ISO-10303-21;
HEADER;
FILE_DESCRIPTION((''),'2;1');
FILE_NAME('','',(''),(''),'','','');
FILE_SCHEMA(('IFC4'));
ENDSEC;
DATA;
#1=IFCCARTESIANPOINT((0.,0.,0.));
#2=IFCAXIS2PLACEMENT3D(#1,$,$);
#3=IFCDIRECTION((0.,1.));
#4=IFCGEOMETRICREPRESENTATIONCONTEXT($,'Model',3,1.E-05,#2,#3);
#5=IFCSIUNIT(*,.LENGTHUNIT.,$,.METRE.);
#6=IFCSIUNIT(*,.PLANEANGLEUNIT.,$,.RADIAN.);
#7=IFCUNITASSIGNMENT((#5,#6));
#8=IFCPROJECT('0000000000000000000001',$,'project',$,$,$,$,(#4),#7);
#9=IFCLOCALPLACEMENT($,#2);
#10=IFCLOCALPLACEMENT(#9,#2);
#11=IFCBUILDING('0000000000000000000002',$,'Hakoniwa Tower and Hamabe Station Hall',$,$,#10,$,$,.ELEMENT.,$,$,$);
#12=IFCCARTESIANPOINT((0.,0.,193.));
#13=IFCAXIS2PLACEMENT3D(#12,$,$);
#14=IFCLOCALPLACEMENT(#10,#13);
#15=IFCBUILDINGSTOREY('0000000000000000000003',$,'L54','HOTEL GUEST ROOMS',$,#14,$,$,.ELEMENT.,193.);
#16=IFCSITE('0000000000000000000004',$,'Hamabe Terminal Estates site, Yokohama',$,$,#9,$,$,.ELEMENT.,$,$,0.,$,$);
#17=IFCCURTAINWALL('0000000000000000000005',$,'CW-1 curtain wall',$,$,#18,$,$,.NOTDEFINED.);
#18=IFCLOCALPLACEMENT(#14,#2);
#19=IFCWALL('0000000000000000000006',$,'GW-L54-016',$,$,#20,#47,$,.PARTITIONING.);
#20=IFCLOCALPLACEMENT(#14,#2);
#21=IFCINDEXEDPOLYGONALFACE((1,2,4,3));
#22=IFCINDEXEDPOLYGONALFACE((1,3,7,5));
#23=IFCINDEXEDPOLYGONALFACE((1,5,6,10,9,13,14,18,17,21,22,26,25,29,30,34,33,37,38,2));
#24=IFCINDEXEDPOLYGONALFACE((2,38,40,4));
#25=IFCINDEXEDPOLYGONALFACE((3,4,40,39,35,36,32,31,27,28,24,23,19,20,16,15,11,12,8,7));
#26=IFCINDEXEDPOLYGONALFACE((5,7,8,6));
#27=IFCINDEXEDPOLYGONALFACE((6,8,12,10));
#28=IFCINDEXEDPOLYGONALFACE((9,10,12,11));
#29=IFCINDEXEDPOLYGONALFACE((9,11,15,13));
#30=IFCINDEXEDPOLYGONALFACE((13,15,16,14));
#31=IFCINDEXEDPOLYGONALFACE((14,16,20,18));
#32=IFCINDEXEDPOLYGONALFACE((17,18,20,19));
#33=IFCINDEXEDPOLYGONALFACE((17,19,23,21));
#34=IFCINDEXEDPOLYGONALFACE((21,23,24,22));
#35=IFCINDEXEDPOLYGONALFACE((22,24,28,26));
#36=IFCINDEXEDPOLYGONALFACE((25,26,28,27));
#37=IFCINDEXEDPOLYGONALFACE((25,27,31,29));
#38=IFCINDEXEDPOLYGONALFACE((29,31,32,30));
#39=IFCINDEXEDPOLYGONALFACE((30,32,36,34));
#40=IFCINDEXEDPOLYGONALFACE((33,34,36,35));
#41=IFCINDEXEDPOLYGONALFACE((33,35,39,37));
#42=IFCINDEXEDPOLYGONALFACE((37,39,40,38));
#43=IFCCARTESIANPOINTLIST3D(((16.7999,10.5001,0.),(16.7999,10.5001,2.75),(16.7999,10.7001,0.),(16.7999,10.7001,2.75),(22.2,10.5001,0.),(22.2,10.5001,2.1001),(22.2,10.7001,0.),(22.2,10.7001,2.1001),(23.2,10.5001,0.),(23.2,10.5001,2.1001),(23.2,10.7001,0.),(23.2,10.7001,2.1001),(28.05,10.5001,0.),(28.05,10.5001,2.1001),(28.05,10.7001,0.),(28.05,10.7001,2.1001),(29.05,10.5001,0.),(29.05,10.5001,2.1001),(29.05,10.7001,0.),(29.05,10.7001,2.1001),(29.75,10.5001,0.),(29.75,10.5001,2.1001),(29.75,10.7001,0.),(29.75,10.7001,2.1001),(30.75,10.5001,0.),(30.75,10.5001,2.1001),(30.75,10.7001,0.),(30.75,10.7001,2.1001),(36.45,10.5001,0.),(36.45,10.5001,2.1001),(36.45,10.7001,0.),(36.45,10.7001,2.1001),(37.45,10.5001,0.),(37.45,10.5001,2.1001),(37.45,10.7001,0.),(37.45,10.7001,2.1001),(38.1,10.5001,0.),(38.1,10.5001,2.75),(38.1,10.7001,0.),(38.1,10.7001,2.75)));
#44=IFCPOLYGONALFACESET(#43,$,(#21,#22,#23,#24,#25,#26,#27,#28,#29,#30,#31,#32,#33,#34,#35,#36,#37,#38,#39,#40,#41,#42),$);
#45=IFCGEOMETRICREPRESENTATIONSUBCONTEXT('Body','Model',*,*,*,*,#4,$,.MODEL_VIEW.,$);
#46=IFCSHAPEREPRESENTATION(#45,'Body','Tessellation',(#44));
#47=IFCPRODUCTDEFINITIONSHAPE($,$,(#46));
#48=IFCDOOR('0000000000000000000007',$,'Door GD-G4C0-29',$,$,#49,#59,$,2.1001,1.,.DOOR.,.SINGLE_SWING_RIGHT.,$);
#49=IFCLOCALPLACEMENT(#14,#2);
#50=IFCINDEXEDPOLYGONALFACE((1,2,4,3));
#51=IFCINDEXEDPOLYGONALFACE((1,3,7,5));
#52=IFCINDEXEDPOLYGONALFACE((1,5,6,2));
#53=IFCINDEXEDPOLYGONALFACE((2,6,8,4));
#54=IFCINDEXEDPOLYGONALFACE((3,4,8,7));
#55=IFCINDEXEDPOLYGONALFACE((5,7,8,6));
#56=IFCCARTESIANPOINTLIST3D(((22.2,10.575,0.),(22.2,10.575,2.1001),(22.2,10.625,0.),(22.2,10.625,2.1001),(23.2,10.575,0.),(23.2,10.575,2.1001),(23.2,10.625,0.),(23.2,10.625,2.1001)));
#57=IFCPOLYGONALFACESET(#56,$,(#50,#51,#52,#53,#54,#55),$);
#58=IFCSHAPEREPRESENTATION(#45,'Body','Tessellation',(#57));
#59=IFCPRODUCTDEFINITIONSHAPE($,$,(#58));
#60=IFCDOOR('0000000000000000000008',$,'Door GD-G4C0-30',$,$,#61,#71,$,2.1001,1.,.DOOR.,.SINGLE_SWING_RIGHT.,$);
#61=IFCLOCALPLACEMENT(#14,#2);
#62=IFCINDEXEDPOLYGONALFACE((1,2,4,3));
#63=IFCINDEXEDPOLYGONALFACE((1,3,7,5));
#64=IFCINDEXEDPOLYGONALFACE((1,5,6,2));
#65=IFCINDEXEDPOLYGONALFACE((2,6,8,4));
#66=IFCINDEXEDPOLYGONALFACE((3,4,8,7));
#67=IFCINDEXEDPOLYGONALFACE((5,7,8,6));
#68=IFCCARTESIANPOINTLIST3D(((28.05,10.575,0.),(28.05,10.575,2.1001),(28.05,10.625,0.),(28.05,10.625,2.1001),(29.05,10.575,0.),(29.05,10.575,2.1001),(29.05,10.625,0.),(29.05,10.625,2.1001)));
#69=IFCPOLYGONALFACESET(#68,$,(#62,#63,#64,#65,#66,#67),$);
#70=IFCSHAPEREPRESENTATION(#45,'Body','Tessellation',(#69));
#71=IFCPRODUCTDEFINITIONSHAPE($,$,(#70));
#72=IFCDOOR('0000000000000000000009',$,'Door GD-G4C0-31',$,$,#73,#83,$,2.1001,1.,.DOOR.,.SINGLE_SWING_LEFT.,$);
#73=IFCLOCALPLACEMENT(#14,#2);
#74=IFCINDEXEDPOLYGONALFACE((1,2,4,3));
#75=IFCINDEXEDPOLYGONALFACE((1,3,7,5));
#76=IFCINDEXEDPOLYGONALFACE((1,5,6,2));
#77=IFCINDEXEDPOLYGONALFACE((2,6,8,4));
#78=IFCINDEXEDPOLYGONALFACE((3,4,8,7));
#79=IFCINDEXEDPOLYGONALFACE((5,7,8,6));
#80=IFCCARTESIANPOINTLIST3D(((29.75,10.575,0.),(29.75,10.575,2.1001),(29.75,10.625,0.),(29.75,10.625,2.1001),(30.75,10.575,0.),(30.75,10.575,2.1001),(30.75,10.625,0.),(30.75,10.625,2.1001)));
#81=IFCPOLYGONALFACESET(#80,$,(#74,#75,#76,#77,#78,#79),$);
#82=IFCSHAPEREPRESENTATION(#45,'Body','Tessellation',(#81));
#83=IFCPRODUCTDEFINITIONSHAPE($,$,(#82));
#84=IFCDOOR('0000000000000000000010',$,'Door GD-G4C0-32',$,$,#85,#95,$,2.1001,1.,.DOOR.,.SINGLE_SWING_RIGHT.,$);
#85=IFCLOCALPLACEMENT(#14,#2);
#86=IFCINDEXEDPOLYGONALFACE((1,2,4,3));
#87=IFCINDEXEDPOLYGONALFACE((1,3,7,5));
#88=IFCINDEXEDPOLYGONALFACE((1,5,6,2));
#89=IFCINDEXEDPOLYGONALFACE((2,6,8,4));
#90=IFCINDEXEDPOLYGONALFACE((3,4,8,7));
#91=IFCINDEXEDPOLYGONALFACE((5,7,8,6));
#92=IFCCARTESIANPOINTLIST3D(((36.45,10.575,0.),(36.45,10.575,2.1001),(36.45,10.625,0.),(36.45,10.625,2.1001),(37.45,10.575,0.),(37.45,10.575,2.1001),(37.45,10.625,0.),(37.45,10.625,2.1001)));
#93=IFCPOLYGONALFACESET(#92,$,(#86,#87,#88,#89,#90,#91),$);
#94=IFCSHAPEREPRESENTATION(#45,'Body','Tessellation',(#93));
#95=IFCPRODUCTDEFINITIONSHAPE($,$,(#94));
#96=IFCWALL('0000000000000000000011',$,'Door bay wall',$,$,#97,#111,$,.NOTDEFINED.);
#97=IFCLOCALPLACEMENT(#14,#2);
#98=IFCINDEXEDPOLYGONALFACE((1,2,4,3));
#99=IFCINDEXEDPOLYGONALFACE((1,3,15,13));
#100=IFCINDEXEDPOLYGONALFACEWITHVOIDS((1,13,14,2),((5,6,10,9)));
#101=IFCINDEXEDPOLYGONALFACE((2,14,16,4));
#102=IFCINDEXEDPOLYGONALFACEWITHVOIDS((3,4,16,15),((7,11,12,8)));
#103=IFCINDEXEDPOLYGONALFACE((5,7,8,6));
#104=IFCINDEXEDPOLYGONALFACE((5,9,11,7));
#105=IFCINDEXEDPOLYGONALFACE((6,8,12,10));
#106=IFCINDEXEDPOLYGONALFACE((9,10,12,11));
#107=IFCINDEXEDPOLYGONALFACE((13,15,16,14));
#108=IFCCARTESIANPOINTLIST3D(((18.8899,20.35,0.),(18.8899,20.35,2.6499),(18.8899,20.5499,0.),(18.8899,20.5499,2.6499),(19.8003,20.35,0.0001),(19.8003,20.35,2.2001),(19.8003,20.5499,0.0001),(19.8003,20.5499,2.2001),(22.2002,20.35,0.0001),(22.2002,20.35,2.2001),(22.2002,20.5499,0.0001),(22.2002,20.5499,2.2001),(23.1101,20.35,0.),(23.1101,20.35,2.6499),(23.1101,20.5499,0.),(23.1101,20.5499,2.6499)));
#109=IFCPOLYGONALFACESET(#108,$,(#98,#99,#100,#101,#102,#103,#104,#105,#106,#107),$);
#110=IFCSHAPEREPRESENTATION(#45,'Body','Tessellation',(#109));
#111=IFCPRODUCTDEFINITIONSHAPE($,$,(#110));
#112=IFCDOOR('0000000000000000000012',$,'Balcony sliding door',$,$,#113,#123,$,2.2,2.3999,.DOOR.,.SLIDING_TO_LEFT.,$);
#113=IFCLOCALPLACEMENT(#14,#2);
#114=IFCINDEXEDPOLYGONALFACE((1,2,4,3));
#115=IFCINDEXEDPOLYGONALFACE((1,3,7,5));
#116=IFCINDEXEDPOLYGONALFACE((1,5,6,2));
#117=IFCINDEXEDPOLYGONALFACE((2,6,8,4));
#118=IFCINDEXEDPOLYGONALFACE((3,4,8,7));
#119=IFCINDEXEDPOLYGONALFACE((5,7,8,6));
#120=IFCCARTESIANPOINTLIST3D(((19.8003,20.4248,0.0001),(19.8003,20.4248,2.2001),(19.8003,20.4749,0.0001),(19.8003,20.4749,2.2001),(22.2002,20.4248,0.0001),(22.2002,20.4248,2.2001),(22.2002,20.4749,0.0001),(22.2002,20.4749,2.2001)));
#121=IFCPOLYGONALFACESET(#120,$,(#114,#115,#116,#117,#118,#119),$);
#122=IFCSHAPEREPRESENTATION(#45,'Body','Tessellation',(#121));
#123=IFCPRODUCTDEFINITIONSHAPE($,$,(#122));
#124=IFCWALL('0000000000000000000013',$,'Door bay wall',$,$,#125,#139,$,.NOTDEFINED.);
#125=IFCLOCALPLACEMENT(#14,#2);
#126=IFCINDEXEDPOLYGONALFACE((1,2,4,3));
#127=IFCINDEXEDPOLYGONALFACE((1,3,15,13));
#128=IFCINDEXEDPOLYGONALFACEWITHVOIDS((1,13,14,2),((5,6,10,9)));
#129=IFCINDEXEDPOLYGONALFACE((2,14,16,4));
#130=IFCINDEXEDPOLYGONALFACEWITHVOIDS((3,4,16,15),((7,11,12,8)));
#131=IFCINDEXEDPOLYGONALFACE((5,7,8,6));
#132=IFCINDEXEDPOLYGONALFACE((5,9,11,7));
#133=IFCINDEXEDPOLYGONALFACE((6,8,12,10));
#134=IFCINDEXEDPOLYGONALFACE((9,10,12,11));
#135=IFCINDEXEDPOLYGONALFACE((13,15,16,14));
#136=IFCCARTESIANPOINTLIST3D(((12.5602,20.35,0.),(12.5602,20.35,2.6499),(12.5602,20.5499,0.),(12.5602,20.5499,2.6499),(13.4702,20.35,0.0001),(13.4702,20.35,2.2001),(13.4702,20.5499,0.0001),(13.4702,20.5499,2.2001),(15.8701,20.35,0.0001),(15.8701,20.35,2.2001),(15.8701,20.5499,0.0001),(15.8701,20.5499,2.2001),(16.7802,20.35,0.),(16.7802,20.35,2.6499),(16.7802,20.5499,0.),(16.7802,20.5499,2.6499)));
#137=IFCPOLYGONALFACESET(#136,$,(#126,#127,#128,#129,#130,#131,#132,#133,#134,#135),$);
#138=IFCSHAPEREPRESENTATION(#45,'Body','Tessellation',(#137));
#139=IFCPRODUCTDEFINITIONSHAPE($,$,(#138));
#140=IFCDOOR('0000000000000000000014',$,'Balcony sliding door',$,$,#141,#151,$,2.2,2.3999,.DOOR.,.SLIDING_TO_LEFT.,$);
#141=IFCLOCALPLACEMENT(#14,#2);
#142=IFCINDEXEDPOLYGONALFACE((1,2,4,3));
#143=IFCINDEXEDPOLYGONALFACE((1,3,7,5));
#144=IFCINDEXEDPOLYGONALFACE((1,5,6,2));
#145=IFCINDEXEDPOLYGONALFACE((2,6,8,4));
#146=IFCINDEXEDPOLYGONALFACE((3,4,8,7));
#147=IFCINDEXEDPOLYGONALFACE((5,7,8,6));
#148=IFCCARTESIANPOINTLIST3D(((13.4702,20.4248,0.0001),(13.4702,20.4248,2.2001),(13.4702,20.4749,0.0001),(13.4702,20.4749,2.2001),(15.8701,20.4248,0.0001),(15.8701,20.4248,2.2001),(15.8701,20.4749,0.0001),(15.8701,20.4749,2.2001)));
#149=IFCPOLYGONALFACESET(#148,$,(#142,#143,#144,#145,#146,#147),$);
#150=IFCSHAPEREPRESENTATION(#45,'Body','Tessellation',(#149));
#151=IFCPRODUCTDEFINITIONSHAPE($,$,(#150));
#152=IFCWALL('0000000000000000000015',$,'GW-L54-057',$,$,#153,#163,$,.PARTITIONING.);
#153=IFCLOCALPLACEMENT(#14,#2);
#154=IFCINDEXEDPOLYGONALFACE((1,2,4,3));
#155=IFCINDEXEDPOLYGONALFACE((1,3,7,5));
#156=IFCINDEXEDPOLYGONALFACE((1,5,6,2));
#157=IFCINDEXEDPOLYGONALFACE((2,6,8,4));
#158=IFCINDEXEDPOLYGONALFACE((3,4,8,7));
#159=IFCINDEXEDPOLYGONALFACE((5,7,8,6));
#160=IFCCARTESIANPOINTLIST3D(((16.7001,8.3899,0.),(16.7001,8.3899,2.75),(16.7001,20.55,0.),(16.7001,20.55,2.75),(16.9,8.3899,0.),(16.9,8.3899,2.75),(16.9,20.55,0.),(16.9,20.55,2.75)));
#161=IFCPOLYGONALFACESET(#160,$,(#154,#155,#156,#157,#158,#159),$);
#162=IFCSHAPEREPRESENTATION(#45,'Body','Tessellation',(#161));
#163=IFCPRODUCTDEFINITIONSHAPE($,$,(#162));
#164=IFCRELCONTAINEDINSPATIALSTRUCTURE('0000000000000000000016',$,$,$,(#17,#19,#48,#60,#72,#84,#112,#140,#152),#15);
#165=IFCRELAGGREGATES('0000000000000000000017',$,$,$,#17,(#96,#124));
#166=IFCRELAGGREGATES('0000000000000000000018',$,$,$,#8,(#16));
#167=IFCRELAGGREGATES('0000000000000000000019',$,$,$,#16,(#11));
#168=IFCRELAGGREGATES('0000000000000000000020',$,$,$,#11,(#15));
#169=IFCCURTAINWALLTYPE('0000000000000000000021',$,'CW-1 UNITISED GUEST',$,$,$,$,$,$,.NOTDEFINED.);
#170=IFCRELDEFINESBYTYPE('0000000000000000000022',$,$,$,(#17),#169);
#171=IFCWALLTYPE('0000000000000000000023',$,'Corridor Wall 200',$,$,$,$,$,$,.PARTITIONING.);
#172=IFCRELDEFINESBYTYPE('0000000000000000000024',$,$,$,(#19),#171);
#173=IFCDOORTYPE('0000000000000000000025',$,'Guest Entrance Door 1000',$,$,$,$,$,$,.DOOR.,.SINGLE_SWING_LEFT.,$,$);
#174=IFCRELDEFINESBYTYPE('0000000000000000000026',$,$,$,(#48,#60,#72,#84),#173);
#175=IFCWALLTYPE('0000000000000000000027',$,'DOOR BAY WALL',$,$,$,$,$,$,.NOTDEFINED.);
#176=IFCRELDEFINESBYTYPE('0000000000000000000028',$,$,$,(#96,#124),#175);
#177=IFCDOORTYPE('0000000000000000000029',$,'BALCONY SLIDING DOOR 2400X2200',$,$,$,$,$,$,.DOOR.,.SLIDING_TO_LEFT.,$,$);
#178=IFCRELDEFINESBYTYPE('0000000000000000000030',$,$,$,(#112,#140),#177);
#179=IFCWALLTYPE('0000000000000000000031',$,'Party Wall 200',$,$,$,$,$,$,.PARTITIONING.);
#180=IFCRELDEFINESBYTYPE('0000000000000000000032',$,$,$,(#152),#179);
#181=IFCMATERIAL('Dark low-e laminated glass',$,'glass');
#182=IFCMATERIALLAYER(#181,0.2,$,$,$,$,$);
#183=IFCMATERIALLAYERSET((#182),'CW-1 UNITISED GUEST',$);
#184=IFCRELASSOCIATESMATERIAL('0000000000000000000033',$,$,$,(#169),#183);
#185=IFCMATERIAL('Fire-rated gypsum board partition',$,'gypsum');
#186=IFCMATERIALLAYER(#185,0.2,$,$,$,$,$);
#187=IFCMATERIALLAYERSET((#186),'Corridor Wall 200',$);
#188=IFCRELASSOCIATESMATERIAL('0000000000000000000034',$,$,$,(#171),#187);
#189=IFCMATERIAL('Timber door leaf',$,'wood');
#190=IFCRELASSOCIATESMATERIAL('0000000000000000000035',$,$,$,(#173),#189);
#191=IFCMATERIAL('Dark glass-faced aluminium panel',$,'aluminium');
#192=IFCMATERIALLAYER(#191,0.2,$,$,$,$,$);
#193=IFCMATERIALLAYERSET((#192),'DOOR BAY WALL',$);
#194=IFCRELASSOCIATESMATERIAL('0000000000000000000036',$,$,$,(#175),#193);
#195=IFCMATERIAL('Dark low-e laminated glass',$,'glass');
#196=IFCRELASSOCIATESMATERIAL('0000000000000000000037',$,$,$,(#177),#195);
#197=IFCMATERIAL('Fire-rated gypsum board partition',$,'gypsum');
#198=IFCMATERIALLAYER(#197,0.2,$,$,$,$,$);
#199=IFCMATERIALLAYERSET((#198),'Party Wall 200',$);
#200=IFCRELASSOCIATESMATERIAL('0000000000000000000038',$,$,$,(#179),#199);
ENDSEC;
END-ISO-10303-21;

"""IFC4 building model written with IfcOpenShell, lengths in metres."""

from ifc_helpers import new_model, si_unit, direction, frame, frame_2d, origin, place, context, subcontext, project, spatial, rectangle, extrude, material, layer, layer_set, type_object, element, fill, aggregate, save


model = new_model("IFC4")

# Units and contexts
model_context = context("Model", 3, precision=1e-05, world=origin(), true_north=direction((0.0, 1.0)))
body_context = subcontext(model_context, "Body", "Model", "MODEL_VIEW")
ifc_project = project(units=[si_unit("LENGTHUNIT", "METRE"), si_unit("PLANEANGLEUNIT", "RADIAN")], contexts=[model_context])

# Site, building, storey
site_placement = place(None, origin())
site = spatial("IfcSite", under=ifc_project, at=site_placement, Name="Hamabe Terminal Estates site, Yokohama", CompositionType="ELEMENT", RefElevation=0.0)
building_placement = place(site_placement, origin())
building = spatial("IfcBuilding", under=site, at=building_placement, Name="Hakoniwa Tower and Hamabe Station Hall", CompositionType="ELEMENT")
storey_placement = place(building_placement, frame((0.0, 0.0, 193.0)))
storey = spatial("IfcBuildingStorey", under=building, at=storey_placement, Name="L54", Description="HOTEL GUEST ROOMS", CompositionType="ELEMENT", Elevation=193.0)

# Curtain wall
ifc_material_1 = material(Name="Dark low-e laminated glass", Category="glass")
ifc_layer_1 = layer(ifc_material_1, 0.2)
ifc_layer_set_1 = layer_set([ifc_layer_1], Name="CW-1 UNITISED GUEST")
curtain_wall_type = type_object("IfcCurtainWallType", Name="CW-1 UNITISED GUEST", PredefinedType="NOTDEFINED", material=ifc_layer_set_1)
curtain_wall_placement = place(storey_placement, origin())
curtain_wall = element("IfcCurtainWall", 1, at=curtain_wall_placement, inside=storey, type_object=curtain_wall_type, Name="CW-1 curtain wall", PredefinedType="NOTDEFINED")

# Wall, openings, doors
ifc_material_2 = material(Name="Fire-rated gypsum board partition", Category="gypsum")
ifc_layer_2 = layer(ifc_material_2, 0.2)
ifc_layer_set_2 = layer_set([ifc_layer_2], Name="Corridor Wall 200")
wall_type_1 = type_object("IfcWallType", Name="Corridor Wall 200", PredefinedType="PARTITIONING", material=ifc_layer_set_2)
wall_1_placement = place(storey_placement, frame((16.8, 10.6001, 0.0), z_axis=(0.0, 0.0, 1.0), x_axis=(1.0, 0.0, 0.0)))
wall_1 = element("IfcWall", 2, at=wall_1_placement, inside=storey, type_object=wall_type_1, Name="GW-L54-016", PredefinedType="PARTITIONING", context=body_context, shape_type="SweptSolid", body=[
    extrude(rectangle(XDim=21.3, YDim=0.2, at=frame_2d((10.6499, 0.0))), origin(), (0.0, 0.0, 1.0), 2.75),
])
opening_1_placement = place(wall_1_placement, frame((5.3999, 0.0, 0.0)))
opening_1 = element("IfcOpeningElement", 3, at=opening_1_placement, cuts=wall_1, PredefinedType="OPENING", context=body_context, shape_type="SweptSolid", body=[
    extrude(rectangle(XDim=1.0, YDim=2.1001, at=frame_2d((0.5, 1.05))), frame((0.0, 0.1099, 0.0), z_axis=(0.0, -1.0, 0.0), x_axis=(1.0, 0.0, 0.0)), (0.0, 0.0, 1.0), 0.22),
])
opening_2_placement = place(wall_1_placement, frame((11.25, 0.0, 0.0)))
opening_2 = element("IfcOpeningElement", 4, at=opening_2_placement, cuts=wall_1, PredefinedType="OPENING", context=body_context, shape_type="SweptSolid", body=[
    extrude(rectangle(XDim=1.0, YDim=2.1001, at=frame_2d((0.5, 1.05))), frame((0.0, 0.1099, 0.0), z_axis=(0.0, -1.0, 0.0), x_axis=(1.0, 0.0, 0.0)), (0.0, 0.0, 1.0), 0.22),
])
opening_3_placement = place(wall_1_placement, frame((12.95, 0.0, 0.0)))
opening_3 = element("IfcOpeningElement", 5, at=opening_3_placement, cuts=wall_1, PredefinedType="OPENING", context=body_context, shape_type="SweptSolid", body=[
    extrude(rectangle(XDim=1.0, YDim=2.1001, at=frame_2d((0.5, 1.05))), frame((0.0, 0.1099, 0.0), z_axis=(0.0, -1.0, 0.0), x_axis=(1.0, 0.0, 0.0)), (0.0, 0.0, 1.0), 0.22),
])
opening_4_placement = place(wall_1_placement, frame((19.6499, 0.0, 0.0)))
opening_4 = element("IfcOpeningElement", 6, at=opening_4_placement, cuts=wall_1, PredefinedType="OPENING", context=body_context, shape_type="SweptSolid", body=[
    extrude(rectangle(XDim=1.0, YDim=2.1001, at=frame_2d((0.5, 1.05))), frame((0.0, 0.1099, 0.0), z_axis=(0.0, -1.0, 0.0), x_axis=(1.0, 0.0, 0.0)), (0.0, 0.0, 1.0), 0.22),
])
ifc_material_3 = material(Name="Timber door leaf", Category="wood")
door_type_1 = type_object("IfcDoorType", Name="Guest Entrance Door 1000", OperationType="SINGLE_SWING_LEFT", PredefinedType="DOOR", material=ifc_material_3)
door_1_placement = place(opening_1_placement, origin())
door_1 = element("IfcDoor", 7, at=door_1_placement, inside=storey, type_object=door_type_1, Name="Door GD-G4C0-29", OperationType="SINGLE_SWING_RIGHT", OverallHeight=2.1001, OverallWidth=1.0, PredefinedType="DOOR", context=body_context, shape_type="SweptSolid", body=[
    extrude(rectangle(XDim=1.0, YDim=2.1001, at=frame_2d((0.5, 1.05))), frame((0.0, 0.0249, 0.0), z_axis=(0.0, -1.0, 0.0), x_axis=(1.0, 0.0, 0.0)), (0.0, 0.0, 1.0), 0.05),
])
fill(opening_1, door_1)
door_2_placement = place(opening_2_placement, origin())
door_2 = element("IfcDoor", 8, at=door_2_placement, inside=storey, type_object=door_type_1, Name="Door GD-G4C0-30", OperationType="SINGLE_SWING_RIGHT", OverallHeight=2.1001, OverallWidth=1.0, PredefinedType="DOOR", context=body_context, shape_type="SweptSolid", body=[
    extrude(rectangle(XDim=1.0, YDim=2.1001, at=frame_2d((0.5, 1.05))), frame((0.0, 0.0249, 0.0), z_axis=(0.0, -1.0, 0.0), x_axis=(1.0, 0.0, 0.0)), (0.0, 0.0, 1.0), 0.05),
])
fill(opening_2, door_2)
door_3_placement = place(opening_3_placement, origin())
door_3 = element("IfcDoor", 9, at=door_3_placement, inside=storey, type_object=door_type_1, Name="Door GD-G4C0-31", OperationType="SINGLE_SWING_LEFT", OverallHeight=2.1001, OverallWidth=1.0, PredefinedType="DOOR", context=body_context, shape_type="SweptSolid", body=[
    extrude(rectangle(XDim=1.0, YDim=2.1001, at=frame_2d((0.5, 1.05))), frame((0.0, 0.0249, 0.0), z_axis=(0.0, -1.0, 0.0), x_axis=(1.0, 0.0, 0.0)), (0.0, 0.0, 1.0), 0.05),
])
fill(opening_3, door_3)
door_4_placement = place(opening_4_placement, origin())
door_4 = element("IfcDoor", 10, at=door_4_placement, inside=storey, type_object=door_type_1, Name="Door GD-G4C0-32", OperationType="SINGLE_SWING_RIGHT", OverallHeight=2.1001, OverallWidth=1.0, PredefinedType="DOOR", context=body_context, shape_type="SweptSolid", body=[
    extrude(rectangle(XDim=1.0, YDim=2.1001, at=frame_2d((0.5, 1.05))), frame((0.0, 0.0249, 0.0), z_axis=(0.0, -1.0, 0.0), x_axis=(1.0, 0.0, 0.0)), (0.0, 0.0, 1.0), 0.05),
])
fill(opening_4, door_4)

# Walls, openings, doors
ifc_material_4 = material(Name="Dark glass-faced aluminium panel", Category="aluminium")
ifc_layer_3 = layer(ifc_material_4, 0.2)
ifc_layer_set_3 = layer_set([ifc_layer_3], Name="DOOR BAY WALL")
wall_type_2 = type_object("IfcWallType", Name="DOOR BAY WALL", PredefinedType="NOTDEFINED", material=ifc_layer_set_3)
wall_2_placement = place(storey_placement, frame((23.1101, 20.45, 0.0), z_axis=(0.0, 0.0, 1.0), x_axis=(-1.0, 0.0, 0.0)))
wall_2 = element("IfcWall", 11, at=wall_2_placement, type_object=wall_type_2, Name="Door bay wall", PredefinedType="NOTDEFINED", context=body_context, shape_type="SweptSolid", body=[
    extrude(rectangle(XDim=4.2202, YDim=0.2, at=frame_2d((2.1101, 0.0))), origin(), (0.0, 0.0, 1.0), 2.6499),
])
opening_5_placement = place(wall_2_placement, frame((0.9099, 0.0, 0.0)))
opening_5 = element("IfcOpeningElement", 12, at=opening_5_placement, cuts=wall_2, PredefinedType="OPENING", context=body_context, shape_type="SweptSolid", body=[
    extrude(rectangle(XDim=2.3999, YDim=2.2, at=frame_2d((1.2, 1.1001))), frame((0.0, 0.1099, 0.0), z_axis=(0.0, -1.0, 0.0), x_axis=(1.0, 0.0, 0.0)), (0.0, 0.0, 1.0), 0.22),
])
ifc_material_5 = material(Name="Dark low-e laminated glass", Category="glass")
door_type_2 = type_object("IfcDoorType", Name="BALCONY SLIDING DOOR 2400X2200", OperationType="SLIDING_TO_LEFT", PredefinedType="DOOR", material=ifc_material_5)
door_5_placement = place(opening_5_placement, frame((2.3999, 0.0, 0.0), z_axis=(0.0, 0.0, 1.0), x_axis=(-1.0, 0.0, 0.0)))
door_5 = element("IfcDoor", 13, at=door_5_placement, inside=storey, type_object=door_type_2, Name="Balcony sliding door", OperationType="SLIDING_TO_LEFT", OverallHeight=2.2, OverallWidth=2.3999, PredefinedType="DOOR", context=body_context, shape_type="SweptSolid", body=[
    extrude(rectangle(XDim=2.3999, YDim=2.2, at=frame_2d((1.2, 1.1001))), frame((0.0, 0.0249, 0.0), z_axis=(0.0, -1.0, 0.0), x_axis=(1.0, 0.0, 0.0)), (0.0, 0.0, 1.0), 0.05),
])
fill(opening_5, door_5)
wall_3_placement = place(storey_placement, frame((16.78, 20.45, 0.0), z_axis=(0.0, 0.0, 1.0), x_axis=(-1.0, 0.0, 0.0)))
wall_3 = element("IfcWall", 14, at=wall_3_placement, type_object=wall_type_2, Name="Door bay wall", PredefinedType="NOTDEFINED", context=body_context, shape_type="SweptSolid", body=[
    extrude(rectangle(XDim=4.22, YDim=0.2, at=frame_2d((2.1099, 0.0))), origin(), (0.0, 0.0, 1.0), 2.6499),
])
opening_6_placement = place(wall_3_placement, frame((0.9099, 0.0, 0.0)))
opening_6 = element("IfcOpeningElement", 15, at=opening_6_placement, cuts=wall_3, PredefinedType="OPENING", context=body_context, shape_type="SweptSolid", body=[
    extrude(rectangle(XDim=2.3999, YDim=2.2, at=frame_2d((1.2, 1.1001))), frame((0.0, 0.1099, 0.0), z_axis=(0.0, -1.0, 0.0), x_axis=(1.0, 0.0, 0.0)), (0.0, 0.0, 1.0), 0.22),
])
door_6_placement = place(opening_6_placement, frame((2.3999, 0.0, 0.0), z_axis=(0.0, 0.0, 1.0), x_axis=(-1.0, 0.0, 0.0)))
door_6 = element("IfcDoor", 16, at=door_6_placement, inside=storey, type_object=door_type_2, Name="Balcony sliding door", OperationType="SLIDING_TO_LEFT", OverallHeight=2.2, OverallWidth=2.3999, PredefinedType="DOOR", context=body_context, shape_type="SweptSolid", body=[
    extrude(rectangle(XDim=2.3999, YDim=2.2, at=frame_2d((1.2, 1.1001))), frame((0.0, 0.0249, 0.0), z_axis=(0.0, -1.0, 0.0), x_axis=(1.0, 0.0, 0.0)), (0.0, 0.0, 1.0), 0.05),
])
fill(opening_6, door_6)
aggregate(curtain_wall, [wall_2, wall_3])

# Wall
ifc_material_6 = material(Name="Fire-rated gypsum board partition", Category="gypsum")
ifc_layer_4 = layer(ifc_material_6, 0.2)
ifc_layer_set_4 = layer_set([ifc_layer_4], Name="Party Wall 200")
wall_type_3 = type_object("IfcWallType", Name="Party Wall 200", PredefinedType="PARTITIONING", material=ifc_layer_set_4)
wall_4_placement = place(storey_placement, frame((16.8, 8.3899, 0.0), z_axis=(0.0, 0.0, 1.0), x_axis=(0.0, 1.0, 0.0)))
element("IfcWall", 17, at=wall_4_placement, inside=storey, type_object=wall_type_3, Name="GW-L54-057", PredefinedType="PARTITIONING", context=body_context, shape_type="SweptSolid", body=[
    extrude(rectangle(XDim=12.1602, YDim=0.2, at=frame_2d((6.0801, 0.0))), origin(), (0.0, 0.0, 1.0), 2.75),
])

save(model, "model.ifc")
